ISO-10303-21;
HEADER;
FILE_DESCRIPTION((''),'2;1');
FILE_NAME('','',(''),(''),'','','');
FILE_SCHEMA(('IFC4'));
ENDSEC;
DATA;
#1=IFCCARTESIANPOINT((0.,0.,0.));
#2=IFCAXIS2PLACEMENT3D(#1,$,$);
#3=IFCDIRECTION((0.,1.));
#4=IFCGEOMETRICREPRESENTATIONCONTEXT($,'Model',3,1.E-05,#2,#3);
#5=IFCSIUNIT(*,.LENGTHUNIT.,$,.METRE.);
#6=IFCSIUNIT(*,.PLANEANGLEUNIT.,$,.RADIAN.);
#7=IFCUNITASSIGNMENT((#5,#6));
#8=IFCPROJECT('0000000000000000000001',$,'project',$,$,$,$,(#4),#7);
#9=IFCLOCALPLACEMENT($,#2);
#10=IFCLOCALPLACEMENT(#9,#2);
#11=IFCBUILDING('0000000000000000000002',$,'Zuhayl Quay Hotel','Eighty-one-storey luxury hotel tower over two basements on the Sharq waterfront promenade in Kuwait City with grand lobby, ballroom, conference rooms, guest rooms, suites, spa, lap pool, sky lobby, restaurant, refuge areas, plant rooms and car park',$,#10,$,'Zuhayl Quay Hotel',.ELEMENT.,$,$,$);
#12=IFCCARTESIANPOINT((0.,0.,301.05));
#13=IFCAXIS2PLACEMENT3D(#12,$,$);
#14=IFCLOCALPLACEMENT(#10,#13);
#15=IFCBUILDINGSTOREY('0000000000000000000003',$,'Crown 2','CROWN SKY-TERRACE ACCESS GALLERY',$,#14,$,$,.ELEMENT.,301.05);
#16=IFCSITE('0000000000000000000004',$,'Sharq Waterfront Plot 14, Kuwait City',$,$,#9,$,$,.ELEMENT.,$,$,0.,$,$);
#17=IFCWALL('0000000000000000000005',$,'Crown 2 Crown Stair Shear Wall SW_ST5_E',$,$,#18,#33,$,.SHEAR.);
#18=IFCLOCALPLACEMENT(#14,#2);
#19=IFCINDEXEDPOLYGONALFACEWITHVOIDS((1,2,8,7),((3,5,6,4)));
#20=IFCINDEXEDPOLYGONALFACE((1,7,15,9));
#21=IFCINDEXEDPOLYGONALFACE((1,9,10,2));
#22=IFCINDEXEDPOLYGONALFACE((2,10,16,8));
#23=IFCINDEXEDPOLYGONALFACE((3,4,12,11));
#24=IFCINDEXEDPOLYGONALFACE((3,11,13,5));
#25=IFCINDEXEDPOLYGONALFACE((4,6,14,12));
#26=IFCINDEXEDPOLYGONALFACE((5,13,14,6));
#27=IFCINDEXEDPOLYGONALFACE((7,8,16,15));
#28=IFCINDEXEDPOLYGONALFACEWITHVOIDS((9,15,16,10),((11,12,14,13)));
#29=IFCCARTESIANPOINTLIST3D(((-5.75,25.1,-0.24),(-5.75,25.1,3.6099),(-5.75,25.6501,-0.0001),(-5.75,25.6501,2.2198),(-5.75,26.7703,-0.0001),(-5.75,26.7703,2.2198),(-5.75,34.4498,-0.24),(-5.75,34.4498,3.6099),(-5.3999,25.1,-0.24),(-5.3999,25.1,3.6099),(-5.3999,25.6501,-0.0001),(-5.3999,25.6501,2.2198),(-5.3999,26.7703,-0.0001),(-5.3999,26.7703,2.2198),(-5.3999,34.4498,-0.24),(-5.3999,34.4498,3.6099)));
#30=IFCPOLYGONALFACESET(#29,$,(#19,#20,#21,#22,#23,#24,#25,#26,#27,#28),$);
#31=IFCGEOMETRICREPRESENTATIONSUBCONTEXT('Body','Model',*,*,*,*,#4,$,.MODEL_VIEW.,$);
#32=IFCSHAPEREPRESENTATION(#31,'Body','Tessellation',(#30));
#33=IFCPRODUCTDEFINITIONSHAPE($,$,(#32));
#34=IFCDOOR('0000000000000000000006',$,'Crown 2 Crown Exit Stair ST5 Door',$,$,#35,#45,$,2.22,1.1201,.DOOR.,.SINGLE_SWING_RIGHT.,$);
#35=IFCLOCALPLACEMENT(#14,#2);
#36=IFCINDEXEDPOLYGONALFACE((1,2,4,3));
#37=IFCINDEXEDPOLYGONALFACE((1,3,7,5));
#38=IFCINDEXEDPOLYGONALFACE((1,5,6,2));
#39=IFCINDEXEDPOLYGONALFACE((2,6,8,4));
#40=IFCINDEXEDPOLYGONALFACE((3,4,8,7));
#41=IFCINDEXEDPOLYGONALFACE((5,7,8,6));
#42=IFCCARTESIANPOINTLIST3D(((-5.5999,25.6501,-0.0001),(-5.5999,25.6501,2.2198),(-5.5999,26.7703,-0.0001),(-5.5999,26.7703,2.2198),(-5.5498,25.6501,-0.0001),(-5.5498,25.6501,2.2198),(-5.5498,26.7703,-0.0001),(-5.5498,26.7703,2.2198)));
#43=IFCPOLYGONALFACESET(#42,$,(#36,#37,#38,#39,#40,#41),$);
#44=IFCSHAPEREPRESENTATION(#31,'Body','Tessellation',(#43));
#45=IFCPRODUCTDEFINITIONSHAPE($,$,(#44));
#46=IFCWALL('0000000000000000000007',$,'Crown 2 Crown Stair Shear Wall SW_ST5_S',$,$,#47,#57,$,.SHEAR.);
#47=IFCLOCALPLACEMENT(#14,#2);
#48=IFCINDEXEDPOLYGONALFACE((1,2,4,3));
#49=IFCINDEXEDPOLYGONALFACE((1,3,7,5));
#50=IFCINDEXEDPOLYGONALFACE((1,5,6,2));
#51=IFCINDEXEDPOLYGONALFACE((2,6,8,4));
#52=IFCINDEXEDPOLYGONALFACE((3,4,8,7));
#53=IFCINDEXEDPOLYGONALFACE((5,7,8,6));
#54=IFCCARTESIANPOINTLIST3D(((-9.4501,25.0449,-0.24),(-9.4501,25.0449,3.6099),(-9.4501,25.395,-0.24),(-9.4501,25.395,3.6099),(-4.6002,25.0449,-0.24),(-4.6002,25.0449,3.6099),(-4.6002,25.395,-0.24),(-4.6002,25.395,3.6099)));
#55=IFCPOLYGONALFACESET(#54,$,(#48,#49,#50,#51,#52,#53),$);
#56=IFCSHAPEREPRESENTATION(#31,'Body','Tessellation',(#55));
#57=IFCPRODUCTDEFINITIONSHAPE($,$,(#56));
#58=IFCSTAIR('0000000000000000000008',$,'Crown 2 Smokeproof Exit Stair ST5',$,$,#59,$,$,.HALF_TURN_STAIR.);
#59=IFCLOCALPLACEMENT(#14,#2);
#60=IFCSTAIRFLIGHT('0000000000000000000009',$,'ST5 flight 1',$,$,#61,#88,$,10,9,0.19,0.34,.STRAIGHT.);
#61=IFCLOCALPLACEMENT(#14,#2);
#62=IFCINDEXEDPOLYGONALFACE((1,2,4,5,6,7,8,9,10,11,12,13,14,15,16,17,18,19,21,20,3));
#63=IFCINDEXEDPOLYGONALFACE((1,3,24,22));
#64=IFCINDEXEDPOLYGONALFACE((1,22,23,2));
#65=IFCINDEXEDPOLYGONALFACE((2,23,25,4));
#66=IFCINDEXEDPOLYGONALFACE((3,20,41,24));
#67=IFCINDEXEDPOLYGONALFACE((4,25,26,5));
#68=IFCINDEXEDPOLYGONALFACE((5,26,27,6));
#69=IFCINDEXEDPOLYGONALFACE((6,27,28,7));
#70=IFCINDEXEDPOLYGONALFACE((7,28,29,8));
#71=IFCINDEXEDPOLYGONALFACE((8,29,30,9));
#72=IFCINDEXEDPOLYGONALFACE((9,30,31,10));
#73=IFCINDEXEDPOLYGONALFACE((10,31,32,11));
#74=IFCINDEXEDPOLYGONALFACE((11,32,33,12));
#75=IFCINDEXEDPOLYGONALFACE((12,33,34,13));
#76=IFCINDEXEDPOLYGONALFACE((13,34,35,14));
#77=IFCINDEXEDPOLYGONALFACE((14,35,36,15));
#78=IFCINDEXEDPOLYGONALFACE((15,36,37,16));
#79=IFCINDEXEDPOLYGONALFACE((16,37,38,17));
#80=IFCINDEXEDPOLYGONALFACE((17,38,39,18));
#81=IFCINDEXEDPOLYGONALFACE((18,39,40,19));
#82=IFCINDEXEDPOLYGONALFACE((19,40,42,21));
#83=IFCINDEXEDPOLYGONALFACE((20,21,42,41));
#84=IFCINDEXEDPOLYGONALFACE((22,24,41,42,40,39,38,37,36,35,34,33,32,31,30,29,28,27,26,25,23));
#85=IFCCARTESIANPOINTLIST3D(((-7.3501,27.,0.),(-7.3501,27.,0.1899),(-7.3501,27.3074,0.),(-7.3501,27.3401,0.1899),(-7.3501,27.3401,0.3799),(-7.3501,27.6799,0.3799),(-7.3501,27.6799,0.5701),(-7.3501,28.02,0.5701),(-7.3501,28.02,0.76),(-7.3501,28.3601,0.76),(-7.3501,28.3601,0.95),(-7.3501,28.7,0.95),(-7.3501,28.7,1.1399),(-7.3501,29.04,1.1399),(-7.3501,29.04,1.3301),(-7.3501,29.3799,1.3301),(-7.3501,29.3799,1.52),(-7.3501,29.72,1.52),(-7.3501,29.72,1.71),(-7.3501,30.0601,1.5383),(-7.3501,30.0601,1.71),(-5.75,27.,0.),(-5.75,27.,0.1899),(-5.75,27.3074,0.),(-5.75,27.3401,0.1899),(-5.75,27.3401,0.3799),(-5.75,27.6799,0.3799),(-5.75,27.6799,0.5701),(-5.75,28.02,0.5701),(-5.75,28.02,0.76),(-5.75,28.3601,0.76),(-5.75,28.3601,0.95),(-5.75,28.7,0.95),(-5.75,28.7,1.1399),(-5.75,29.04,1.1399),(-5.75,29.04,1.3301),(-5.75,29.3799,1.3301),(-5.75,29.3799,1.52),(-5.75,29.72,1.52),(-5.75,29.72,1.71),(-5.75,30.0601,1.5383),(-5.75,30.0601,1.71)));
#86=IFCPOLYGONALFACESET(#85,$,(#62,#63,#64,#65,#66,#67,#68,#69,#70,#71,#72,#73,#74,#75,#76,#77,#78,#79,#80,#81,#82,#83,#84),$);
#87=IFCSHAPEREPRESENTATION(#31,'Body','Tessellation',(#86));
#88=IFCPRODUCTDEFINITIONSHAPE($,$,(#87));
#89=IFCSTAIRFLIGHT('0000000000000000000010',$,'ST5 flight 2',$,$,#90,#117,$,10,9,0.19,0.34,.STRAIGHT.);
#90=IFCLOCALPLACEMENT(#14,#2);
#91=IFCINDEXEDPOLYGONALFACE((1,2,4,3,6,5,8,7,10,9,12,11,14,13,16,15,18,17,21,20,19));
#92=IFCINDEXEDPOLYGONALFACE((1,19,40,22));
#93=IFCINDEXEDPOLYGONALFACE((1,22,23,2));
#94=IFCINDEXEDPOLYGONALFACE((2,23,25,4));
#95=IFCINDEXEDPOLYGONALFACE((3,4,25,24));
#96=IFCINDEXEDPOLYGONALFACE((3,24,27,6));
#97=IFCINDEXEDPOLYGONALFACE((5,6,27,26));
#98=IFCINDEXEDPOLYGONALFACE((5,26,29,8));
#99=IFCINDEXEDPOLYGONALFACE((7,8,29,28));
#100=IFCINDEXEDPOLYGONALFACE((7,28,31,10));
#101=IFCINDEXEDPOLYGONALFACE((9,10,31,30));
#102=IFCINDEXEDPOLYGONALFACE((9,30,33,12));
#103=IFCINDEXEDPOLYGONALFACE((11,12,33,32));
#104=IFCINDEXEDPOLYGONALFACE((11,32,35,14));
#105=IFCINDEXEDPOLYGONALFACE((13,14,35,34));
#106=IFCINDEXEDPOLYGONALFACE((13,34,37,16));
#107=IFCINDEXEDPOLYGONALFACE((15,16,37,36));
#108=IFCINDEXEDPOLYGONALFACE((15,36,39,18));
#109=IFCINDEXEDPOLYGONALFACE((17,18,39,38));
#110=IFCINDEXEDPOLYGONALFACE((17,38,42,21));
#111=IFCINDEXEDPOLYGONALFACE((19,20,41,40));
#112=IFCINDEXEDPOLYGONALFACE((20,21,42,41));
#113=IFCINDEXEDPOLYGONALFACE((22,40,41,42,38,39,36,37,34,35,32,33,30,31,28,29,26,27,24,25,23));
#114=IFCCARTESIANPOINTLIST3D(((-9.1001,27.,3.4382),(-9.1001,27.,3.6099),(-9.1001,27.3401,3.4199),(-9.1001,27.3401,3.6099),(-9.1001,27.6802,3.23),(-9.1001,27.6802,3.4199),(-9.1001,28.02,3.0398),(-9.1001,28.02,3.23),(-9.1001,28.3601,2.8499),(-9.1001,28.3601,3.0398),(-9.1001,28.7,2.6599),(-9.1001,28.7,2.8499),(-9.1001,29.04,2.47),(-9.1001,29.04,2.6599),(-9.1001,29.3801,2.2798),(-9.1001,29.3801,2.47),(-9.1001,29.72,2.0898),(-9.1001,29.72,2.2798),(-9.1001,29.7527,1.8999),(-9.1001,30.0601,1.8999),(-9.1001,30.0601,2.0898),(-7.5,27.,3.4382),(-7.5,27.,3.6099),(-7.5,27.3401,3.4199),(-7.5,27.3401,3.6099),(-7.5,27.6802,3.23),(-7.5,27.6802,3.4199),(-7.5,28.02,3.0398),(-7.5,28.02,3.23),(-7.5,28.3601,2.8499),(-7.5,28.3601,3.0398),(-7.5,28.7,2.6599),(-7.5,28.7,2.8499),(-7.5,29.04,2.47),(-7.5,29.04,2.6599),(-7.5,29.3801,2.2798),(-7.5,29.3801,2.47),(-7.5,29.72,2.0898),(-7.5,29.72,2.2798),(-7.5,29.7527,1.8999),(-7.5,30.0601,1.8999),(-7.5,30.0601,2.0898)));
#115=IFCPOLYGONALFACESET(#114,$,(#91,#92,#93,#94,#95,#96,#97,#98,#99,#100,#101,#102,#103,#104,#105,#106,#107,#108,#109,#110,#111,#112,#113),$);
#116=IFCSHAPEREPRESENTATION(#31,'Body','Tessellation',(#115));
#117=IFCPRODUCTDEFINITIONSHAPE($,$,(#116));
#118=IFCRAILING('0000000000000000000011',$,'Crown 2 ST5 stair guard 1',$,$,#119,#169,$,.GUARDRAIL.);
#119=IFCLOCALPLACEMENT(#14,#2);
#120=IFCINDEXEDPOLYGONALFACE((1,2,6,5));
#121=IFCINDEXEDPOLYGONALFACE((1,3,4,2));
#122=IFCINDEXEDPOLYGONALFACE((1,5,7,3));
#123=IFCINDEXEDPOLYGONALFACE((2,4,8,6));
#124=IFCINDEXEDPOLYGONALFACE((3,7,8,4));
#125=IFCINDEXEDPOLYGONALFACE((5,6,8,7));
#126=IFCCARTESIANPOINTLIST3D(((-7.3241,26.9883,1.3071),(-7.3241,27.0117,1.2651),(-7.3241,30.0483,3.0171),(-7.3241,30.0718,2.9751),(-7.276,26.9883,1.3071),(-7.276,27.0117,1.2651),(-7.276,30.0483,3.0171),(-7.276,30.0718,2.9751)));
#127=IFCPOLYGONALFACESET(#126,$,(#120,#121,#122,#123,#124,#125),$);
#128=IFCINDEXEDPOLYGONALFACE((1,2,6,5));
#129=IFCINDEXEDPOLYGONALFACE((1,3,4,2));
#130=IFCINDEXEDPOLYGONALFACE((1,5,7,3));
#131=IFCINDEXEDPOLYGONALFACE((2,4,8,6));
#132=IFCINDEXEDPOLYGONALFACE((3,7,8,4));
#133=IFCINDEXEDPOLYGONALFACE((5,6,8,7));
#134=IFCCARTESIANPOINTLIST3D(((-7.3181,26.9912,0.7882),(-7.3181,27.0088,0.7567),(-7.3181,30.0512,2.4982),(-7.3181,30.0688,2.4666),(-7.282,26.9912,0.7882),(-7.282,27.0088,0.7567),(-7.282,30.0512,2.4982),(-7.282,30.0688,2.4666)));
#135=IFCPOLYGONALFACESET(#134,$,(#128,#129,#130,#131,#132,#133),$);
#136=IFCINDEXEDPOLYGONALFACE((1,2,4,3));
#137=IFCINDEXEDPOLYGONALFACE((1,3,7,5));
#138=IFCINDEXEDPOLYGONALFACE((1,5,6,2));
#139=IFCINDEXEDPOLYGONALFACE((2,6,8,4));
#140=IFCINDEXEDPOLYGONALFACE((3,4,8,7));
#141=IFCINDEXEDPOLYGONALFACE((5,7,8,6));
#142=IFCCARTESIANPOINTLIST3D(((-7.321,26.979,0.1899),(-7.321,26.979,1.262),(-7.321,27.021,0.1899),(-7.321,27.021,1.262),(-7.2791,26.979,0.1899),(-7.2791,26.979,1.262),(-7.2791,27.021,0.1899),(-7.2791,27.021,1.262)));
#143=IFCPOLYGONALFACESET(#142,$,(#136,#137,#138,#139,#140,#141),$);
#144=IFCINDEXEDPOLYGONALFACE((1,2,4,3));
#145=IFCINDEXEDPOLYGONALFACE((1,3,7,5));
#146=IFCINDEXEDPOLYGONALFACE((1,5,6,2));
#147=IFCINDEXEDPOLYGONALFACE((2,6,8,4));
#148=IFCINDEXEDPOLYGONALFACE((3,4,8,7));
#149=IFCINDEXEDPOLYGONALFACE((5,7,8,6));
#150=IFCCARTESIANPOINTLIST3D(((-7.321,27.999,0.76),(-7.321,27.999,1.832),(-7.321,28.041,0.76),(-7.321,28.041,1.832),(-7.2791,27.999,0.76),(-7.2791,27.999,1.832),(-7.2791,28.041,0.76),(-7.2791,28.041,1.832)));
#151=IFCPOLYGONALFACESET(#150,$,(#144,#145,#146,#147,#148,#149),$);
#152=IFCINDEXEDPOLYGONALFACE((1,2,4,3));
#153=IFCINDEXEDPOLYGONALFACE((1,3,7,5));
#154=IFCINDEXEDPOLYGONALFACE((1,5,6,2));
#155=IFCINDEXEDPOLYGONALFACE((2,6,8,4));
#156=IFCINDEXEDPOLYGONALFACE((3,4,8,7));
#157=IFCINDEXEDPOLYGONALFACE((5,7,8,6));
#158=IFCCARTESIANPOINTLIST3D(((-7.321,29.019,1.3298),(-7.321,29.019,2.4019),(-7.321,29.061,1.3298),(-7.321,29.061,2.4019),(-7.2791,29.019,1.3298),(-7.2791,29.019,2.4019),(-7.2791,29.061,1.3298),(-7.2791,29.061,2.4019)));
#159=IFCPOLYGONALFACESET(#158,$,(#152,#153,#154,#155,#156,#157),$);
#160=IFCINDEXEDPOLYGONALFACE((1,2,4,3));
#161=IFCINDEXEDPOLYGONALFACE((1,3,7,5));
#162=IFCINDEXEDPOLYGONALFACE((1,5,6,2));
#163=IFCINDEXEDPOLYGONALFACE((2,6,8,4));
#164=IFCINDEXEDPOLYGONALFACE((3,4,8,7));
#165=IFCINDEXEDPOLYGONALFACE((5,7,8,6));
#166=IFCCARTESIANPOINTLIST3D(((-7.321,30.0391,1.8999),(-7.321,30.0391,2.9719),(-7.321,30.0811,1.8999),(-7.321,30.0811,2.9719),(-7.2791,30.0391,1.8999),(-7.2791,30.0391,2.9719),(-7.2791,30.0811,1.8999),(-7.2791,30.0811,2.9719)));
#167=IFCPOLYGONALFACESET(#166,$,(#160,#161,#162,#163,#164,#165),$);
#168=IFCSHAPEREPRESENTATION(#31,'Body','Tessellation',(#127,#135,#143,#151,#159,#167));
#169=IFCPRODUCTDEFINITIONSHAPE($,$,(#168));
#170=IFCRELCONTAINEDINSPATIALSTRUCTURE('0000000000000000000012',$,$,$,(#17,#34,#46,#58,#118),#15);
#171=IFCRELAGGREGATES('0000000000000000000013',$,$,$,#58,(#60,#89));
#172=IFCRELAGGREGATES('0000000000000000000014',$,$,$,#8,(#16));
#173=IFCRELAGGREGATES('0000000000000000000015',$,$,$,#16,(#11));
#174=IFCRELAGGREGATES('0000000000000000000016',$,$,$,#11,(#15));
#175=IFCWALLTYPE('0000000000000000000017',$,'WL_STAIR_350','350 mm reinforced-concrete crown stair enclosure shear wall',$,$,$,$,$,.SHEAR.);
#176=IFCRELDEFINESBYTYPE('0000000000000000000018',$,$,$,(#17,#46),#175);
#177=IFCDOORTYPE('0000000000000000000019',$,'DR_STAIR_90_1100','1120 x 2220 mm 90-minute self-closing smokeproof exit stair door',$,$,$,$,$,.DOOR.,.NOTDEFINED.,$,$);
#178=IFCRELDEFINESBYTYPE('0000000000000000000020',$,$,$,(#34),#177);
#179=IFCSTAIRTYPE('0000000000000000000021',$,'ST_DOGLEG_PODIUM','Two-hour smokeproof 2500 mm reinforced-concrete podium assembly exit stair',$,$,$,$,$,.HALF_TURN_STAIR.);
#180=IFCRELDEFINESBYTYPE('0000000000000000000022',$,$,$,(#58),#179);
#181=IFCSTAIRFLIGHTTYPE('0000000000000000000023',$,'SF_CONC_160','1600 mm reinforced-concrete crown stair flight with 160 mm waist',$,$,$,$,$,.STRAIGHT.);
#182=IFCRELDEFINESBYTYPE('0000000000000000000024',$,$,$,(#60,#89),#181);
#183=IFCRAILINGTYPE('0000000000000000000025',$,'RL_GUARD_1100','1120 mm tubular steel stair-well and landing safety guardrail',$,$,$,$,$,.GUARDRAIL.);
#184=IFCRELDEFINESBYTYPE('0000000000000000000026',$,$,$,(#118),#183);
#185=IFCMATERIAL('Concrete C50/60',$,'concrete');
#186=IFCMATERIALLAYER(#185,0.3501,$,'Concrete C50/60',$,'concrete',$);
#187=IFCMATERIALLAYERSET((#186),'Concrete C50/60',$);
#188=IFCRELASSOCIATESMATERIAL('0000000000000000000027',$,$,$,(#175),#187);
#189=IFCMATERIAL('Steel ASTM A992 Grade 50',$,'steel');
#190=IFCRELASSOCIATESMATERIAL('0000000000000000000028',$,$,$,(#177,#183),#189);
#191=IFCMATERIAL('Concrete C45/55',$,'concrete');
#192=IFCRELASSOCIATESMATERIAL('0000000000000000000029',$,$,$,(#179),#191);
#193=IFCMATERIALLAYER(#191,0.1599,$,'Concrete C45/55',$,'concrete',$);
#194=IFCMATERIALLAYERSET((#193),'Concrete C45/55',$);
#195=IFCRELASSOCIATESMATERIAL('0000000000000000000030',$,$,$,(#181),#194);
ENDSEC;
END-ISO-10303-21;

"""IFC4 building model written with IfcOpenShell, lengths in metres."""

from ifc_helpers import new_model, si_unit, direction, frame, frame_2d, origin, origin_2d, place, context, subcontext, project, spatial, polyline, rectangle, outline, extrude, material, layer, layer_set, type_object, element, fill, aggregate, save


model = new_model("IFC4")

# Units and contexts
model_context = context("Model", 3, precision=1e-05, world=origin(), true_north=direction((0.0, 1.0)))
body_context = subcontext(model_context, "Body", "Model", "MODEL_VIEW")
ifc_project = project(units=[si_unit("LENGTHUNIT", "METRE"), si_unit("PLANEANGLEUNIT", "RADIAN")], contexts=[model_context])

# Site, building, storey
site_placement = place(None, origin())
site = spatial("IfcSite", under=ifc_project, at=site_placement, Name="Sharq Waterfront Plot 14, Kuwait City", CompositionType="ELEMENT", RefElevation=0.0)
building_placement = place(site_placement, origin())
building = spatial("IfcBuilding", under=site, at=building_placement, Name="Zuhayl Quay Hotel", Description="Eighty-one-storey luxury hotel tower over two basements on the Sharq waterfront promenade in Kuwait City with grand lobby, ballroom, conference rooms, guest rooms, suites, spa, lap pool, sky lobby, restaurant, refuge areas, plant rooms and car park", LongName="Zuhayl Quay Hotel", CompositionType="ELEMENT")
storey_placement = place(building_placement, frame((0.0, 0.0, 301.05)))
storey = spatial("IfcBuildingStorey", under=building, at=storey_placement, Name="Crown 2", Description="CROWN SKY-TERRACE ACCESS GALLERY", CompositionType="ELEMENT", Elevation=301.05)

# Wall, opening, door
ifc_material_1 = material(Name="Concrete C50/60", Category="concrete")
ifc_layer_1 = layer(ifc_material_1, 0.3501, Name="Concrete C50/60", Category="concrete")
ifc_layer_set_1 = layer_set([ifc_layer_1], Name="Concrete C50/60")
wall_type = type_object("IfcWallType", Name="WL_STAIR_350", Description="350 mm reinforced-concrete crown stair enclosure shear wall", PredefinedType="SHEAR", material=ifc_layer_set_1)
wall_1_placement = place(storey_placement, frame((-5.575, 25.1001, -0.24), z_axis=(0.0, 0.0, 1.0), x_axis=(0.0, 1.0, 0.0)))
wall_1 = element("IfcWall", 1, at=wall_1_placement, inside=storey, type_object=wall_type, Name="Crown 2 Crown Stair Shear Wall SW_ST5_E", PredefinedType="SHEAR", context=body_context, shape_type="SweptSolid", body=[
    extrude(rectangle(XDim=9.3499, YDim=0.3501, at=frame_2d((4.6748, 0.0))), origin(), (0.0, 0.0, 1.0), 3.8499),
])
opening_placement = place(wall_1_placement, frame((0.55, 0.0, 0.24)))
opening = element("IfcOpeningElement", 2, at=opening_placement, cuts=wall_1, PredefinedType="OPENING", context=body_context, shape_type="SweptSolid", body=[
    extrude(rectangle(XDim=1.1201, YDim=2.22, at=frame_2d((0.5601, 1.1099))), frame((0.0, 0.1851, 0.0), z_axis=(0.0, -1.0, 0.0), x_axis=(1.0, 0.0, 0.0)), (0.0, 0.0, 1.0), 0.3701),
])
ifc_material_2 = material(Name="Steel ASTM A992 Grade 50", Category="steel")
door_type = type_object("IfcDoorType", Name="DR_STAIR_90_1100", Description="1120 x 2220 mm 90-minute self-closing smokeproof exit stair door", OperationType="NOTDEFINED", PredefinedType="DOOR", material=ifc_material_2)
door_placement = place(opening_placement, origin())
door = element("IfcDoor", 3, at=door_placement, inside=storey, type_object=door_type, Name="Crown 2 Crown Exit Stair ST5 Door", OperationType="SINGLE_SWING_RIGHT", OverallHeight=2.22, OverallWidth=1.1201, PredefinedType="DOOR", context=body_context, shape_type="SweptSolid", body=[
    extrude(rectangle(XDim=1.1201, YDim=2.22, at=frame_2d((0.5601, 1.1099))), frame((0.0, 0.0249, 0.0), z_axis=(0.0, -1.0, 0.0), x_axis=(1.0, 0.0, 0.0)), (0.0, 0.0, 1.0), 0.05),
])
fill(opening, door)

# Wall
wall_2_placement = place(storey_placement, frame((-9.45, 25.22, -0.24), z_axis=(0.0, 0.0, 1.0), x_axis=(1.0, 0.0, 0.0)))
element("IfcWall", 4, at=wall_2_placement, inside=storey, type_object=wall_type, Name="Crown 2 Crown Stair Shear Wall SW_ST5_S", PredefinedType="SHEAR", context=body_context, shape_type="SweptSolid", body=[
    extrude(rectangle(XDim=4.8499, YDim=0.3501, at=frame_2d((2.4248, 0.0))), origin(), (0.0, 0.0, 1.0), 3.8499),
])

# Stair, stair flights
ifc_material_3 = material(Name="Concrete C45/55", Category="concrete")
stair_type = type_object("IfcStairType", Name="ST_DOGLEG_PODIUM", Description="Two-hour smokeproof 2500 mm reinforced-concrete podium assembly exit stair", PredefinedType="HALF_TURN_STAIR", material=ifc_material_3)
stair_placement = place(storey_placement, origin())
stair = element("IfcStair", 5, at=stair_placement, inside=storey, type_object=stair_type, Name="Crown 2 Smokeproof Exit Stair ST5", PredefinedType="HALF_TURN_STAIR")
ifc_layer_2 = layer(ifc_material_3, 0.1599, Name="Concrete C45/55", Category="concrete")
ifc_layer_set_2 = layer_set([ifc_layer_2], Name="Concrete C45/55")
stair_flight_type = type_object("IfcStairFlightType", Name="SF_CONC_160", Description="1600 mm reinforced-concrete crown stair flight with 160 mm waist", PredefinedType="STRAIGHT", material=ifc_layer_set_2)
stair_flight_1_placement = place(storey_placement, frame((-6.55, 27.0, 0.0), z_axis=(0.0, 0.0, 1.0), x_axis=(0.0, 1.0, 0.0)))
stair_flight_1 = element("IfcStairFlight", 6, at=stair_flight_1_placement, type_object=stair_flight_type, Name="ST5 flight 1", NumberOfRisers=10, NumberOfTreads=9, PredefinedType="STRAIGHT", RiserHeight=0.19, TreadLength=0.34, context=body_context, shape_type="SweptSolid", body=[
    extrude(outline(polyline([(0.0, 0.0), (0.0, 0.1899), (0.3401, 0.1899), (0.3401, 0.3799), (0.6799, 0.3799), (0.6799, 0.5701), (1.02, 0.5701), (1.02, 0.76), (1.3601, 0.76), (1.3601, 0.95), (1.7, 0.95), (1.7, 1.1399), (2.04, 1.1399), (2.04, 1.3301), (2.3799, 1.3301), (2.3799, 1.52), (2.72, 1.52), (2.72, 1.71), (3.0601, 1.71), (3.0601, 1.8999), (3.0601, 1.5383), (0.3074, 0.0), (0.0, 0.0)])), frame((0.0, 0.8, 0.0), z_axis=(0.0, -1.0, 0.0), x_axis=(1.0, 0.0, 0.0)), (0.0, 0.0, 1.0), 1.6001),
])
stair_flight_2_placement = place(storey_placement, frame((-8.3, 30.0601, 1.8999), z_axis=(0.0, 0.0, 1.0), x_axis=(0.0, -1.0, 0.0)))
stair_flight_2 = element("IfcStairFlight", 7, at=stair_flight_2_placement, type_object=stair_flight_type, Name="ST5 flight 2", NumberOfRisers=10, NumberOfTreads=9, PredefinedType="STRAIGHT", RiserHeight=0.19, TreadLength=0.34, context=body_context, shape_type="SweptSolid", body=[
    extrude(outline(polyline([(0.0, 0.0), (0.0, 0.1899), (0.3401, 0.1899), (0.3401, 0.3799), (0.6799, 0.3799), (0.6799, 0.5701), (1.02, 0.5701), (1.02, 0.76), (1.3601, 0.76), (1.3601, 0.95), (1.7, 0.95), (1.7, 1.1399), (2.04, 1.1399), (2.04, 1.3301), (2.3799, 1.3301), (2.3799, 1.52), (2.72, 1.52), (2.72, 1.71), (3.0601, 1.71), (3.0601, 1.8999), (3.0601, 1.5383), (0.3074, 0.0), (0.0, 0.0)])), frame((0.0, 0.8, 0.0), z_axis=(0.0, -1.0, 0.0), x_axis=(1.0, 0.0, 0.0)), (0.0, 0.0, 1.0), 1.6001),
])
aggregate(stair, [stair_flight_1, stair_flight_2])

# Railing
railing_type_1 = type_object("IfcRailingType", Name="RL_GUARD_1100", Description="1120 mm tubular steel stair-well and landing safety guardrail", PredefinedType="GUARDRAIL", material=ifc_material_2)
railing_1_placement = place(storey_placement, frame((-7.3, 27.0, 0.1899)))
element("IfcRailing", 8, at=railing_1_placement, inside=storey, type_object=railing_type_1, Name="Crown 2 ST5 stair guard 1", PredefinedType="GUARDRAIL", context=body_context, shape_type="SweptSolid", body=[
    extrude(rectangle(XDim=0.0481, YDim=0.0481, at=origin_2d()), frame((0.0, 0.0, 1.0962), z_axis=(0.0, 0.872952, 0.487806), x_axis=(-1.0, 0.0, 0.0)), (0.0, 0.0, 1.0), 3.5054),
    extrude(rectangle(XDim=0.0361, YDim=0.0361, at=origin_2d()), frame((0.0, 0.0, 0.5825), z_axis=(0.0, 0.872952, 0.487806), x_axis=(-1.0, 0.0, 0.0)), (0.0, 0.0, 1.0), 3.5054),
    extrude(rectangle(XDim=0.042, YDim=0.042, at=origin_2d()), origin(), (0.0, 0.0, 1.0), 1.072),
    extrude(rectangle(XDim=0.042, YDim=0.042, at=origin_2d()), frame((0.0, 1.02, 0.5701)), (0.0, 0.0, 1.0), 1.072),
    extrude(rectangle(XDim=0.042, YDim=0.042, at=origin_2d()), frame((0.0, 2.04, 1.1399)), (0.0, 0.0, 1.0), 1.072),
    extrude(rectangle(XDim=0.042, YDim=0.042, at=origin_2d()), frame((0.0, 3.0601, 1.71)), (0.0, 0.0, 1.0), 1.072),
])

save(model, "model.ifc")
